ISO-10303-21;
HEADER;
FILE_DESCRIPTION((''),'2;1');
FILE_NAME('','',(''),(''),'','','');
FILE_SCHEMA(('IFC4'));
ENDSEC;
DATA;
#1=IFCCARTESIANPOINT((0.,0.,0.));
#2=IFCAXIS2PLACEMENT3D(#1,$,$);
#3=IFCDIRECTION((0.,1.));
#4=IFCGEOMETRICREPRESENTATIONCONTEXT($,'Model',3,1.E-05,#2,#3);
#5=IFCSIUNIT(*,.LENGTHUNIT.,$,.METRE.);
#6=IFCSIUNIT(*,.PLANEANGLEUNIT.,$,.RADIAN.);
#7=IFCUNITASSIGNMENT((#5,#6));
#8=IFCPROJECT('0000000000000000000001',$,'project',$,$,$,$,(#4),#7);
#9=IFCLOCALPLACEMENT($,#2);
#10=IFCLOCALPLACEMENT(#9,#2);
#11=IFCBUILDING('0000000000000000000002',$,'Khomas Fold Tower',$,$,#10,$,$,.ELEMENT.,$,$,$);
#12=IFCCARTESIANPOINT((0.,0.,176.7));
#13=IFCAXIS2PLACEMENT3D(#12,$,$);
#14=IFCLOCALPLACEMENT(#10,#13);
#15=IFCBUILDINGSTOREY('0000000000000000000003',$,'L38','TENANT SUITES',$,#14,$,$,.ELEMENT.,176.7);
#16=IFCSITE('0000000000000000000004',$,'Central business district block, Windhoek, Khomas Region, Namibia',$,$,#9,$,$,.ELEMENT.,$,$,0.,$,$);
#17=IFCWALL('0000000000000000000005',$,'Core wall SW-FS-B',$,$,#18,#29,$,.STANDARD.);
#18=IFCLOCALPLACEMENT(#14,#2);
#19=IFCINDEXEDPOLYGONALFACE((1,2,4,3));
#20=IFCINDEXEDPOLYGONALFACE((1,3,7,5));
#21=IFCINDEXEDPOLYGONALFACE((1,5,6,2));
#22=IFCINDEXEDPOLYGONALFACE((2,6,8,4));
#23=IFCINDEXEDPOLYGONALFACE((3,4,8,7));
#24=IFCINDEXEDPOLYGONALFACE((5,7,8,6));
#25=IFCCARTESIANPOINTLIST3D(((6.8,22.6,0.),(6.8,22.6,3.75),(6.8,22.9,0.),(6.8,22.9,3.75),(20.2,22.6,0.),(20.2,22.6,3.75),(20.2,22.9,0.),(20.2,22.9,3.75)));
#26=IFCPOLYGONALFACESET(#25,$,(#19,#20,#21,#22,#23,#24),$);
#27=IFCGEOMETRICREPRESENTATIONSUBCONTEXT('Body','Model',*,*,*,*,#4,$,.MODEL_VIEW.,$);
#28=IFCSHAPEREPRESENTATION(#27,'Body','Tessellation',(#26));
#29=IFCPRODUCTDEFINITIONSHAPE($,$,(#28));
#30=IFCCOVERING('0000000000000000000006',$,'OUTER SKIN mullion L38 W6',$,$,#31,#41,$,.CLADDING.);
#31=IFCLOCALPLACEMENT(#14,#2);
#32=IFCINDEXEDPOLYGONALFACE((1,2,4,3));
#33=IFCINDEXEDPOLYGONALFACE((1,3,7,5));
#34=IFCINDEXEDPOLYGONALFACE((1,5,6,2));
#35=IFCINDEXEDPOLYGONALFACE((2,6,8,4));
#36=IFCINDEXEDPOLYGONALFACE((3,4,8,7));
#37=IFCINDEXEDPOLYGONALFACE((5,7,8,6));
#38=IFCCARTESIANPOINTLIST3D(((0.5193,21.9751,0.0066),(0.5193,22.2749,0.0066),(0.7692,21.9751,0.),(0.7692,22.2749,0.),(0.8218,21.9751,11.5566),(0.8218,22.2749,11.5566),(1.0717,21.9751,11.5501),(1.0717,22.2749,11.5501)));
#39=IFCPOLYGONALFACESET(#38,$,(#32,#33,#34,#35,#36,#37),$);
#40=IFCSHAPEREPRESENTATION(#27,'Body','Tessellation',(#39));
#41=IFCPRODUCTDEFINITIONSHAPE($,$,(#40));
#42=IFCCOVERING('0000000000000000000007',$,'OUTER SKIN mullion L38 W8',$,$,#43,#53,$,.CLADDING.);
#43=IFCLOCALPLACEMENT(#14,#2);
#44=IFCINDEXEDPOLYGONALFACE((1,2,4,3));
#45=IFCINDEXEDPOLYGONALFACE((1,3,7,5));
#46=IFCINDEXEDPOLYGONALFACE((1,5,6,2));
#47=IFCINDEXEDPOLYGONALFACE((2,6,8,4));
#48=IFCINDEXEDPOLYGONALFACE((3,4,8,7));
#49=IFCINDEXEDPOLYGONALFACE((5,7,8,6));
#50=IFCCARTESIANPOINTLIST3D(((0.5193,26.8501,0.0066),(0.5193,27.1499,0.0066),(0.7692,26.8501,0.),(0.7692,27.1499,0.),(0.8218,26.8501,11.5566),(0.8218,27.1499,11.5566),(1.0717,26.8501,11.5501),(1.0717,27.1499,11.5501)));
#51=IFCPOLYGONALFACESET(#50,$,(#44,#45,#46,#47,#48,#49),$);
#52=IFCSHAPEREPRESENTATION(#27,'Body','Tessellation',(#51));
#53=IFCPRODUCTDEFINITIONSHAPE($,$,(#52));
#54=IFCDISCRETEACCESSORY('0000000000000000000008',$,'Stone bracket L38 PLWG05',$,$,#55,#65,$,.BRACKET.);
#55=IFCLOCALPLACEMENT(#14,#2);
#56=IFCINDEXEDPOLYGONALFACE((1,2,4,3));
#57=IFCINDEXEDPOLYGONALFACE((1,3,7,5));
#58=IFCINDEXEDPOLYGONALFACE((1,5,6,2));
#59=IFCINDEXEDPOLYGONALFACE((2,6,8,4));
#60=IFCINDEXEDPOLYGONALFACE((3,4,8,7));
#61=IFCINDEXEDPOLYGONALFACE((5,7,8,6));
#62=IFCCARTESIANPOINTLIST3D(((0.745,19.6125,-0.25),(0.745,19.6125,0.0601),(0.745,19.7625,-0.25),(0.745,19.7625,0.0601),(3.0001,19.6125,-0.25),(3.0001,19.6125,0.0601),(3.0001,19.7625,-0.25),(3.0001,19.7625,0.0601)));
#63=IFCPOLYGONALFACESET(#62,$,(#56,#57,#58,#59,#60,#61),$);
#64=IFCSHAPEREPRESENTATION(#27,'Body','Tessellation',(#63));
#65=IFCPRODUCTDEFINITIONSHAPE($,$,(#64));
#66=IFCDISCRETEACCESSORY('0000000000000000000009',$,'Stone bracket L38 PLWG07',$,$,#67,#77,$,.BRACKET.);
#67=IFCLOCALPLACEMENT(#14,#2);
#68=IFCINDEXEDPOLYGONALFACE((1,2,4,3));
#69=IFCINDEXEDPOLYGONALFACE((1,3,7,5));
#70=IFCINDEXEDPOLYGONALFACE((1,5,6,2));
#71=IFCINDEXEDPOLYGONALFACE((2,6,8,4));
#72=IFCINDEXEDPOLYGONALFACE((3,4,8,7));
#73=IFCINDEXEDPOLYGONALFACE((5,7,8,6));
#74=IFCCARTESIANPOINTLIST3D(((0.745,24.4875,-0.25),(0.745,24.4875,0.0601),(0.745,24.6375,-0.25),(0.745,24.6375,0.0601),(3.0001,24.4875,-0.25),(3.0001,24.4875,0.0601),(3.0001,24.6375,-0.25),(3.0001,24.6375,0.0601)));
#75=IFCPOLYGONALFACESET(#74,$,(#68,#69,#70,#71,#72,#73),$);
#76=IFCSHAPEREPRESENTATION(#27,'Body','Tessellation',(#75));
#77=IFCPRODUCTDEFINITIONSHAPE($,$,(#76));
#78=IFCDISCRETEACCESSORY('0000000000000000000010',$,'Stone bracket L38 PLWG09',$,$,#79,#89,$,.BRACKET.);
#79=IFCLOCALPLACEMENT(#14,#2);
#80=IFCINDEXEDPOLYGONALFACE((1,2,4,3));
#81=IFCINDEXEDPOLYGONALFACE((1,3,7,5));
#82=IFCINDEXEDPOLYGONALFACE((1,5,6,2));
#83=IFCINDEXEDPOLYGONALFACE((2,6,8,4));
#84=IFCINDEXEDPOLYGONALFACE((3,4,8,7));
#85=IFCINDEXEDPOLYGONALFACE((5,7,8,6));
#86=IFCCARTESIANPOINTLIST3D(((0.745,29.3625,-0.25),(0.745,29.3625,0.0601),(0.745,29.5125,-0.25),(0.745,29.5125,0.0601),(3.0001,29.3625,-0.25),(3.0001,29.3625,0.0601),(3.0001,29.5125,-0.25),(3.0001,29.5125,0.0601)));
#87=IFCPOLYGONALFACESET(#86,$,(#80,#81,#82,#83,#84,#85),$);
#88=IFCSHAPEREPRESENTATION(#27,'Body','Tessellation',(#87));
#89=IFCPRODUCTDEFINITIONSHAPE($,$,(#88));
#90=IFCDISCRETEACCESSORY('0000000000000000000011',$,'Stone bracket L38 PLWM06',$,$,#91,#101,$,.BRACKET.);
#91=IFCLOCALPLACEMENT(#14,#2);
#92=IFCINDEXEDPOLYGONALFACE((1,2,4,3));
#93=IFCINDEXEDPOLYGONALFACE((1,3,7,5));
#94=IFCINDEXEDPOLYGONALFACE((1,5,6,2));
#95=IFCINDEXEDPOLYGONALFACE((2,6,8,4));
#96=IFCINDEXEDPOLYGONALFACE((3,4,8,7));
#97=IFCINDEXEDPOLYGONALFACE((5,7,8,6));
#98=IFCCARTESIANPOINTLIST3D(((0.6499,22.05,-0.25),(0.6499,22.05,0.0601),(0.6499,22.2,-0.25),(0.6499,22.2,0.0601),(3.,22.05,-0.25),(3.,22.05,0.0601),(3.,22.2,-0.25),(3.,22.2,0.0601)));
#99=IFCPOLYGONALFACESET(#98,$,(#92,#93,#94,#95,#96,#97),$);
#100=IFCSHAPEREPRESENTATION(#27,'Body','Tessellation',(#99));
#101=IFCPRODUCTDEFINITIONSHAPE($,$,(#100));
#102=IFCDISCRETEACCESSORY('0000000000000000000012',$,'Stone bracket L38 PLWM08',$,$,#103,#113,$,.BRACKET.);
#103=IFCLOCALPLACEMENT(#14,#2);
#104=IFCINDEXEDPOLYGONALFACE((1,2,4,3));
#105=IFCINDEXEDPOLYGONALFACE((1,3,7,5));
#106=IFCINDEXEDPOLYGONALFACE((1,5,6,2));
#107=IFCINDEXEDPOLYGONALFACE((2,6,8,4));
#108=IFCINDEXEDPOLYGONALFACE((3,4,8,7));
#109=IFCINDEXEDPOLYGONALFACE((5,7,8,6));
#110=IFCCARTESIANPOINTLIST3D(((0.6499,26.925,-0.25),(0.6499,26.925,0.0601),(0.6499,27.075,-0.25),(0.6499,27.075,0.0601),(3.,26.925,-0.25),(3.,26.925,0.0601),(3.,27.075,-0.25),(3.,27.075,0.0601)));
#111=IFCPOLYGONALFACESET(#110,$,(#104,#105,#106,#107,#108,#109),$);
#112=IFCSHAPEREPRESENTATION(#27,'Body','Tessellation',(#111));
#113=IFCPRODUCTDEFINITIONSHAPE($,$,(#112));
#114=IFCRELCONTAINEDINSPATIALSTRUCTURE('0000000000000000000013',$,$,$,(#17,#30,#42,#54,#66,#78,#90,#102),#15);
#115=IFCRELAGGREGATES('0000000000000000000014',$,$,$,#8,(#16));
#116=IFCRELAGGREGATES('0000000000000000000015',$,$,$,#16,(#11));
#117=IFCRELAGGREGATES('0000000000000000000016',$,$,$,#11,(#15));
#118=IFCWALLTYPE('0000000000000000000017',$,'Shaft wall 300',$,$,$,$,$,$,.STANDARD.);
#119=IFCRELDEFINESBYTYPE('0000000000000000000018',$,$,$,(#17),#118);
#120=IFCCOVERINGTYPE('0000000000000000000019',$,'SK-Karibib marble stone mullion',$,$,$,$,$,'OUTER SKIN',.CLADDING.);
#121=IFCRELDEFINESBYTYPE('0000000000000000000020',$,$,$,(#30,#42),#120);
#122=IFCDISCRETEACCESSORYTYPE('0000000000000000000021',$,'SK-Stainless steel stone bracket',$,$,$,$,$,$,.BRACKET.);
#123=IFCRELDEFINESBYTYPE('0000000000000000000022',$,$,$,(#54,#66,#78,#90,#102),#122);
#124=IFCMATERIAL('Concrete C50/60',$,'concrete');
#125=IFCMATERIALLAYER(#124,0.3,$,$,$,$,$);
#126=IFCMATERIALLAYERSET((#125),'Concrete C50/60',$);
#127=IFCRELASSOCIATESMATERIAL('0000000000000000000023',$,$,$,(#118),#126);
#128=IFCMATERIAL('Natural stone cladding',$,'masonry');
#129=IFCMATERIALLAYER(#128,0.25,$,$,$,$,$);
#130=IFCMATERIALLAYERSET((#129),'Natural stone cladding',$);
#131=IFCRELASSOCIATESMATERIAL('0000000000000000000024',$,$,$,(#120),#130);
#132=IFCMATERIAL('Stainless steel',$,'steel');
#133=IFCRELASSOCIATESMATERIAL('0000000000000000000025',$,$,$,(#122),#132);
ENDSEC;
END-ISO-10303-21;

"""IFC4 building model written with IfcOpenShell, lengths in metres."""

from ifc_helpers import new_model, si_unit, direction, frame, frame_2d, origin, origin_2d, place, context, subcontext, project, spatial, polyline, rectangle, outline, extrude, source, transform, mapped, material, layer, layer_set, type_object, element, save


model = new_model("IFC4")

# Units and contexts
model_context = context("Model", 3, precision=1e-05, world=origin(), true_north=direction((0.0, 1.0)))
body_context = subcontext(model_context, "Body", "Model", "MODEL_VIEW")
ifc_project = project(units=[si_unit("LENGTHUNIT", "METRE"), si_unit("PLANEANGLEUNIT", "RADIAN")], contexts=[model_context])

# Site, building, storey
site_placement = place(None, origin())
site = spatial("IfcSite", under=ifc_project, at=site_placement, Name="Central business district block, Windhoek, Khomas Region, Namibia", CompositionType="ELEMENT", RefElevation=0.0)
building_placement = place(site_placement, origin())
building = spatial("IfcBuilding", under=site, at=building_placement, Name="Khomas Fold Tower", CompositionType="ELEMENT")
storey_placement = place(building_placement, frame((0.0, 0.0, 176.7)))
storey = spatial("IfcBuildingStorey", under=building, at=storey_placement, Name="L38", Description="TENANT SUITES", CompositionType="ELEMENT", Elevation=176.7)

# Wall
ifc_material_1 = material(Name="Concrete C50/60", Category="concrete")
ifc_layer_1 = layer(ifc_material_1, 0.3)
ifc_layer_set_1 = layer_set([ifc_layer_1], Name="Concrete C50/60")
wall_type = type_object("IfcWallType", Name="Shaft wall 300", PredefinedType="STANDARD", material=ifc_layer_set_1)
shared_shape_1 = source(origin(), body_context, "Body", "SweptSolid", [
    extrude(rectangle(XDim=13.3999, YDim=0.3, at=frame_2d((6.7, 0.0))), origin(), (0.0, 0.0, 1.0), 3.75),
])
wall_placement = place(storey_placement, frame((6.8, 22.75, 0.0), z_axis=(0.0, 0.0, 1.0), x_axis=(1.0, 0.0, 0.0)))
element("IfcWall", 1, at=wall_placement, inside=storey, type_object=wall_type, Name="Core wall SW-FS-B", PredefinedType="STANDARD", context=body_context, shape_type="MappedRepresentation", body=[
    mapped(shared_shape_1, transform((0.0, 0.0, 0.0))),
])

# Coverings
ifc_material_2 = material(Name="Natural stone cladding", Category="masonry")
ifc_layer_2 = layer(ifc_material_2, 0.25)
ifc_layer_set_2 = layer_set([ifc_layer_2], Name="Natural stone cladding")
covering_type = type_object("IfcCoveringType", Name="SK-Karibib marble stone mullion", ElementType="OUTER SKIN", PredefinedType="CLADDING", material=ifc_layer_set_2)
for number, where, z_axis, x_axis, name in (
    (2, (0.5193, 21.9751, 0.0066), (-0.999657, 0.0, 0.026181), (0.0, 1.0, 0.0), "OUTER SKIN mullion L38 W6"),
    (3, (0.5193, 26.8501, 0.0066), (-0.999657, 0.0, 0.026181), (0.0, 1.0, 0.0), "OUTER SKIN mullion L38 W8"),
):
    element("IfcCovering", number, at=place(storey_placement, frame(where, z_axis=z_axis, x_axis=x_axis)), inside=storey, type_object=covering_type, Name=name, PredefinedType="CLADDING", context=body_context, shape_type="SweptSolid", body=[
        extrude(outline(polyline([(0.0, 0.0), (0.2998, 0.0), (0.2998, -11.554), (0.0, -11.554), (0.0, 0.0)])), origin(), (0.0, 0.0, -1.0), 0.25),
    ])

# Discrete accessories
ifc_material_3 = material(Name="Stainless steel", Category="steel")
discrete_accessory_type = type_object("IfcDiscreteAccessoryType", Name="SK-Stainless steel stone bracket", PredefinedType="BRACKET", material=ifc_material_3)
shared_shape_2 = source(origin(), body_context, "Body", "SweptSolid", [
    extrude(rectangle(XDim=2.2551, YDim=0.1499, at=origin_2d()), origin(), (0.0, 0.0, 1.0), 0.3101),
])
for number, where, z_axis, x_axis, name in (
    (4, (1.8726, 19.6875, -0.25), (0.0, 0.0, 1.0), (-1.0, 0.0, 0.0), "Stone bracket L38 PLWG05"),
    (5, (1.8726, 24.5625, -0.25), (0.0, 0.0, 1.0), (-1.0, 0.0, 0.0), "Stone bracket L38 PLWG07"),
    (6, (1.8726, 29.4375, -0.25), (0.0, 0.0, 1.0), (-1.0, 0.0, 0.0), "Stone bracket L38 PLWG09"),
):
    element("IfcDiscreteAccessory", number, at=place(storey_placement, frame(where, z_axis=z_axis, x_axis=x_axis)), inside=storey, type_object=discrete_accessory_type, Name=name, PredefinedType="BRACKET", context=body_context, shape_type="MappedRepresentation", body=[
        mapped(shared_shape_2, transform((0.0, 0.0, 0.0))),
    ])
shared_shape_3 = source(origin(), body_context, "Body", "SweptSolid", [
    extrude(rectangle(XDim=2.3501, YDim=0.1499, at=origin_2d()), origin(), (0.0, 0.0, 1.0), 0.3101),
])
for number, where, z_axis, x_axis, name in (
    (7, (1.825, 22.125, -0.25), (0.0, 0.0, 1.0), (-1.0, 0.0, 0.0), "Stone bracket L38 PLWM06"),
    (8, (1.825, 27.0, -0.25), (0.0, 0.0, 1.0), (-1.0, 0.0, 0.0), "Stone bracket L38 PLWM08"),
):
    element("IfcDiscreteAccessory", number, at=place(storey_placement, frame(where, z_axis=z_axis, x_axis=x_axis)), inside=storey, type_object=discrete_accessory_type, Name=name, PredefinedType="BRACKET", context=body_context, shape_type="MappedRepresentation", body=[
        mapped(shared_shape_3, transform((0.0, 0.0, 0.0))),
    ])

save(model, "model.ifc")
